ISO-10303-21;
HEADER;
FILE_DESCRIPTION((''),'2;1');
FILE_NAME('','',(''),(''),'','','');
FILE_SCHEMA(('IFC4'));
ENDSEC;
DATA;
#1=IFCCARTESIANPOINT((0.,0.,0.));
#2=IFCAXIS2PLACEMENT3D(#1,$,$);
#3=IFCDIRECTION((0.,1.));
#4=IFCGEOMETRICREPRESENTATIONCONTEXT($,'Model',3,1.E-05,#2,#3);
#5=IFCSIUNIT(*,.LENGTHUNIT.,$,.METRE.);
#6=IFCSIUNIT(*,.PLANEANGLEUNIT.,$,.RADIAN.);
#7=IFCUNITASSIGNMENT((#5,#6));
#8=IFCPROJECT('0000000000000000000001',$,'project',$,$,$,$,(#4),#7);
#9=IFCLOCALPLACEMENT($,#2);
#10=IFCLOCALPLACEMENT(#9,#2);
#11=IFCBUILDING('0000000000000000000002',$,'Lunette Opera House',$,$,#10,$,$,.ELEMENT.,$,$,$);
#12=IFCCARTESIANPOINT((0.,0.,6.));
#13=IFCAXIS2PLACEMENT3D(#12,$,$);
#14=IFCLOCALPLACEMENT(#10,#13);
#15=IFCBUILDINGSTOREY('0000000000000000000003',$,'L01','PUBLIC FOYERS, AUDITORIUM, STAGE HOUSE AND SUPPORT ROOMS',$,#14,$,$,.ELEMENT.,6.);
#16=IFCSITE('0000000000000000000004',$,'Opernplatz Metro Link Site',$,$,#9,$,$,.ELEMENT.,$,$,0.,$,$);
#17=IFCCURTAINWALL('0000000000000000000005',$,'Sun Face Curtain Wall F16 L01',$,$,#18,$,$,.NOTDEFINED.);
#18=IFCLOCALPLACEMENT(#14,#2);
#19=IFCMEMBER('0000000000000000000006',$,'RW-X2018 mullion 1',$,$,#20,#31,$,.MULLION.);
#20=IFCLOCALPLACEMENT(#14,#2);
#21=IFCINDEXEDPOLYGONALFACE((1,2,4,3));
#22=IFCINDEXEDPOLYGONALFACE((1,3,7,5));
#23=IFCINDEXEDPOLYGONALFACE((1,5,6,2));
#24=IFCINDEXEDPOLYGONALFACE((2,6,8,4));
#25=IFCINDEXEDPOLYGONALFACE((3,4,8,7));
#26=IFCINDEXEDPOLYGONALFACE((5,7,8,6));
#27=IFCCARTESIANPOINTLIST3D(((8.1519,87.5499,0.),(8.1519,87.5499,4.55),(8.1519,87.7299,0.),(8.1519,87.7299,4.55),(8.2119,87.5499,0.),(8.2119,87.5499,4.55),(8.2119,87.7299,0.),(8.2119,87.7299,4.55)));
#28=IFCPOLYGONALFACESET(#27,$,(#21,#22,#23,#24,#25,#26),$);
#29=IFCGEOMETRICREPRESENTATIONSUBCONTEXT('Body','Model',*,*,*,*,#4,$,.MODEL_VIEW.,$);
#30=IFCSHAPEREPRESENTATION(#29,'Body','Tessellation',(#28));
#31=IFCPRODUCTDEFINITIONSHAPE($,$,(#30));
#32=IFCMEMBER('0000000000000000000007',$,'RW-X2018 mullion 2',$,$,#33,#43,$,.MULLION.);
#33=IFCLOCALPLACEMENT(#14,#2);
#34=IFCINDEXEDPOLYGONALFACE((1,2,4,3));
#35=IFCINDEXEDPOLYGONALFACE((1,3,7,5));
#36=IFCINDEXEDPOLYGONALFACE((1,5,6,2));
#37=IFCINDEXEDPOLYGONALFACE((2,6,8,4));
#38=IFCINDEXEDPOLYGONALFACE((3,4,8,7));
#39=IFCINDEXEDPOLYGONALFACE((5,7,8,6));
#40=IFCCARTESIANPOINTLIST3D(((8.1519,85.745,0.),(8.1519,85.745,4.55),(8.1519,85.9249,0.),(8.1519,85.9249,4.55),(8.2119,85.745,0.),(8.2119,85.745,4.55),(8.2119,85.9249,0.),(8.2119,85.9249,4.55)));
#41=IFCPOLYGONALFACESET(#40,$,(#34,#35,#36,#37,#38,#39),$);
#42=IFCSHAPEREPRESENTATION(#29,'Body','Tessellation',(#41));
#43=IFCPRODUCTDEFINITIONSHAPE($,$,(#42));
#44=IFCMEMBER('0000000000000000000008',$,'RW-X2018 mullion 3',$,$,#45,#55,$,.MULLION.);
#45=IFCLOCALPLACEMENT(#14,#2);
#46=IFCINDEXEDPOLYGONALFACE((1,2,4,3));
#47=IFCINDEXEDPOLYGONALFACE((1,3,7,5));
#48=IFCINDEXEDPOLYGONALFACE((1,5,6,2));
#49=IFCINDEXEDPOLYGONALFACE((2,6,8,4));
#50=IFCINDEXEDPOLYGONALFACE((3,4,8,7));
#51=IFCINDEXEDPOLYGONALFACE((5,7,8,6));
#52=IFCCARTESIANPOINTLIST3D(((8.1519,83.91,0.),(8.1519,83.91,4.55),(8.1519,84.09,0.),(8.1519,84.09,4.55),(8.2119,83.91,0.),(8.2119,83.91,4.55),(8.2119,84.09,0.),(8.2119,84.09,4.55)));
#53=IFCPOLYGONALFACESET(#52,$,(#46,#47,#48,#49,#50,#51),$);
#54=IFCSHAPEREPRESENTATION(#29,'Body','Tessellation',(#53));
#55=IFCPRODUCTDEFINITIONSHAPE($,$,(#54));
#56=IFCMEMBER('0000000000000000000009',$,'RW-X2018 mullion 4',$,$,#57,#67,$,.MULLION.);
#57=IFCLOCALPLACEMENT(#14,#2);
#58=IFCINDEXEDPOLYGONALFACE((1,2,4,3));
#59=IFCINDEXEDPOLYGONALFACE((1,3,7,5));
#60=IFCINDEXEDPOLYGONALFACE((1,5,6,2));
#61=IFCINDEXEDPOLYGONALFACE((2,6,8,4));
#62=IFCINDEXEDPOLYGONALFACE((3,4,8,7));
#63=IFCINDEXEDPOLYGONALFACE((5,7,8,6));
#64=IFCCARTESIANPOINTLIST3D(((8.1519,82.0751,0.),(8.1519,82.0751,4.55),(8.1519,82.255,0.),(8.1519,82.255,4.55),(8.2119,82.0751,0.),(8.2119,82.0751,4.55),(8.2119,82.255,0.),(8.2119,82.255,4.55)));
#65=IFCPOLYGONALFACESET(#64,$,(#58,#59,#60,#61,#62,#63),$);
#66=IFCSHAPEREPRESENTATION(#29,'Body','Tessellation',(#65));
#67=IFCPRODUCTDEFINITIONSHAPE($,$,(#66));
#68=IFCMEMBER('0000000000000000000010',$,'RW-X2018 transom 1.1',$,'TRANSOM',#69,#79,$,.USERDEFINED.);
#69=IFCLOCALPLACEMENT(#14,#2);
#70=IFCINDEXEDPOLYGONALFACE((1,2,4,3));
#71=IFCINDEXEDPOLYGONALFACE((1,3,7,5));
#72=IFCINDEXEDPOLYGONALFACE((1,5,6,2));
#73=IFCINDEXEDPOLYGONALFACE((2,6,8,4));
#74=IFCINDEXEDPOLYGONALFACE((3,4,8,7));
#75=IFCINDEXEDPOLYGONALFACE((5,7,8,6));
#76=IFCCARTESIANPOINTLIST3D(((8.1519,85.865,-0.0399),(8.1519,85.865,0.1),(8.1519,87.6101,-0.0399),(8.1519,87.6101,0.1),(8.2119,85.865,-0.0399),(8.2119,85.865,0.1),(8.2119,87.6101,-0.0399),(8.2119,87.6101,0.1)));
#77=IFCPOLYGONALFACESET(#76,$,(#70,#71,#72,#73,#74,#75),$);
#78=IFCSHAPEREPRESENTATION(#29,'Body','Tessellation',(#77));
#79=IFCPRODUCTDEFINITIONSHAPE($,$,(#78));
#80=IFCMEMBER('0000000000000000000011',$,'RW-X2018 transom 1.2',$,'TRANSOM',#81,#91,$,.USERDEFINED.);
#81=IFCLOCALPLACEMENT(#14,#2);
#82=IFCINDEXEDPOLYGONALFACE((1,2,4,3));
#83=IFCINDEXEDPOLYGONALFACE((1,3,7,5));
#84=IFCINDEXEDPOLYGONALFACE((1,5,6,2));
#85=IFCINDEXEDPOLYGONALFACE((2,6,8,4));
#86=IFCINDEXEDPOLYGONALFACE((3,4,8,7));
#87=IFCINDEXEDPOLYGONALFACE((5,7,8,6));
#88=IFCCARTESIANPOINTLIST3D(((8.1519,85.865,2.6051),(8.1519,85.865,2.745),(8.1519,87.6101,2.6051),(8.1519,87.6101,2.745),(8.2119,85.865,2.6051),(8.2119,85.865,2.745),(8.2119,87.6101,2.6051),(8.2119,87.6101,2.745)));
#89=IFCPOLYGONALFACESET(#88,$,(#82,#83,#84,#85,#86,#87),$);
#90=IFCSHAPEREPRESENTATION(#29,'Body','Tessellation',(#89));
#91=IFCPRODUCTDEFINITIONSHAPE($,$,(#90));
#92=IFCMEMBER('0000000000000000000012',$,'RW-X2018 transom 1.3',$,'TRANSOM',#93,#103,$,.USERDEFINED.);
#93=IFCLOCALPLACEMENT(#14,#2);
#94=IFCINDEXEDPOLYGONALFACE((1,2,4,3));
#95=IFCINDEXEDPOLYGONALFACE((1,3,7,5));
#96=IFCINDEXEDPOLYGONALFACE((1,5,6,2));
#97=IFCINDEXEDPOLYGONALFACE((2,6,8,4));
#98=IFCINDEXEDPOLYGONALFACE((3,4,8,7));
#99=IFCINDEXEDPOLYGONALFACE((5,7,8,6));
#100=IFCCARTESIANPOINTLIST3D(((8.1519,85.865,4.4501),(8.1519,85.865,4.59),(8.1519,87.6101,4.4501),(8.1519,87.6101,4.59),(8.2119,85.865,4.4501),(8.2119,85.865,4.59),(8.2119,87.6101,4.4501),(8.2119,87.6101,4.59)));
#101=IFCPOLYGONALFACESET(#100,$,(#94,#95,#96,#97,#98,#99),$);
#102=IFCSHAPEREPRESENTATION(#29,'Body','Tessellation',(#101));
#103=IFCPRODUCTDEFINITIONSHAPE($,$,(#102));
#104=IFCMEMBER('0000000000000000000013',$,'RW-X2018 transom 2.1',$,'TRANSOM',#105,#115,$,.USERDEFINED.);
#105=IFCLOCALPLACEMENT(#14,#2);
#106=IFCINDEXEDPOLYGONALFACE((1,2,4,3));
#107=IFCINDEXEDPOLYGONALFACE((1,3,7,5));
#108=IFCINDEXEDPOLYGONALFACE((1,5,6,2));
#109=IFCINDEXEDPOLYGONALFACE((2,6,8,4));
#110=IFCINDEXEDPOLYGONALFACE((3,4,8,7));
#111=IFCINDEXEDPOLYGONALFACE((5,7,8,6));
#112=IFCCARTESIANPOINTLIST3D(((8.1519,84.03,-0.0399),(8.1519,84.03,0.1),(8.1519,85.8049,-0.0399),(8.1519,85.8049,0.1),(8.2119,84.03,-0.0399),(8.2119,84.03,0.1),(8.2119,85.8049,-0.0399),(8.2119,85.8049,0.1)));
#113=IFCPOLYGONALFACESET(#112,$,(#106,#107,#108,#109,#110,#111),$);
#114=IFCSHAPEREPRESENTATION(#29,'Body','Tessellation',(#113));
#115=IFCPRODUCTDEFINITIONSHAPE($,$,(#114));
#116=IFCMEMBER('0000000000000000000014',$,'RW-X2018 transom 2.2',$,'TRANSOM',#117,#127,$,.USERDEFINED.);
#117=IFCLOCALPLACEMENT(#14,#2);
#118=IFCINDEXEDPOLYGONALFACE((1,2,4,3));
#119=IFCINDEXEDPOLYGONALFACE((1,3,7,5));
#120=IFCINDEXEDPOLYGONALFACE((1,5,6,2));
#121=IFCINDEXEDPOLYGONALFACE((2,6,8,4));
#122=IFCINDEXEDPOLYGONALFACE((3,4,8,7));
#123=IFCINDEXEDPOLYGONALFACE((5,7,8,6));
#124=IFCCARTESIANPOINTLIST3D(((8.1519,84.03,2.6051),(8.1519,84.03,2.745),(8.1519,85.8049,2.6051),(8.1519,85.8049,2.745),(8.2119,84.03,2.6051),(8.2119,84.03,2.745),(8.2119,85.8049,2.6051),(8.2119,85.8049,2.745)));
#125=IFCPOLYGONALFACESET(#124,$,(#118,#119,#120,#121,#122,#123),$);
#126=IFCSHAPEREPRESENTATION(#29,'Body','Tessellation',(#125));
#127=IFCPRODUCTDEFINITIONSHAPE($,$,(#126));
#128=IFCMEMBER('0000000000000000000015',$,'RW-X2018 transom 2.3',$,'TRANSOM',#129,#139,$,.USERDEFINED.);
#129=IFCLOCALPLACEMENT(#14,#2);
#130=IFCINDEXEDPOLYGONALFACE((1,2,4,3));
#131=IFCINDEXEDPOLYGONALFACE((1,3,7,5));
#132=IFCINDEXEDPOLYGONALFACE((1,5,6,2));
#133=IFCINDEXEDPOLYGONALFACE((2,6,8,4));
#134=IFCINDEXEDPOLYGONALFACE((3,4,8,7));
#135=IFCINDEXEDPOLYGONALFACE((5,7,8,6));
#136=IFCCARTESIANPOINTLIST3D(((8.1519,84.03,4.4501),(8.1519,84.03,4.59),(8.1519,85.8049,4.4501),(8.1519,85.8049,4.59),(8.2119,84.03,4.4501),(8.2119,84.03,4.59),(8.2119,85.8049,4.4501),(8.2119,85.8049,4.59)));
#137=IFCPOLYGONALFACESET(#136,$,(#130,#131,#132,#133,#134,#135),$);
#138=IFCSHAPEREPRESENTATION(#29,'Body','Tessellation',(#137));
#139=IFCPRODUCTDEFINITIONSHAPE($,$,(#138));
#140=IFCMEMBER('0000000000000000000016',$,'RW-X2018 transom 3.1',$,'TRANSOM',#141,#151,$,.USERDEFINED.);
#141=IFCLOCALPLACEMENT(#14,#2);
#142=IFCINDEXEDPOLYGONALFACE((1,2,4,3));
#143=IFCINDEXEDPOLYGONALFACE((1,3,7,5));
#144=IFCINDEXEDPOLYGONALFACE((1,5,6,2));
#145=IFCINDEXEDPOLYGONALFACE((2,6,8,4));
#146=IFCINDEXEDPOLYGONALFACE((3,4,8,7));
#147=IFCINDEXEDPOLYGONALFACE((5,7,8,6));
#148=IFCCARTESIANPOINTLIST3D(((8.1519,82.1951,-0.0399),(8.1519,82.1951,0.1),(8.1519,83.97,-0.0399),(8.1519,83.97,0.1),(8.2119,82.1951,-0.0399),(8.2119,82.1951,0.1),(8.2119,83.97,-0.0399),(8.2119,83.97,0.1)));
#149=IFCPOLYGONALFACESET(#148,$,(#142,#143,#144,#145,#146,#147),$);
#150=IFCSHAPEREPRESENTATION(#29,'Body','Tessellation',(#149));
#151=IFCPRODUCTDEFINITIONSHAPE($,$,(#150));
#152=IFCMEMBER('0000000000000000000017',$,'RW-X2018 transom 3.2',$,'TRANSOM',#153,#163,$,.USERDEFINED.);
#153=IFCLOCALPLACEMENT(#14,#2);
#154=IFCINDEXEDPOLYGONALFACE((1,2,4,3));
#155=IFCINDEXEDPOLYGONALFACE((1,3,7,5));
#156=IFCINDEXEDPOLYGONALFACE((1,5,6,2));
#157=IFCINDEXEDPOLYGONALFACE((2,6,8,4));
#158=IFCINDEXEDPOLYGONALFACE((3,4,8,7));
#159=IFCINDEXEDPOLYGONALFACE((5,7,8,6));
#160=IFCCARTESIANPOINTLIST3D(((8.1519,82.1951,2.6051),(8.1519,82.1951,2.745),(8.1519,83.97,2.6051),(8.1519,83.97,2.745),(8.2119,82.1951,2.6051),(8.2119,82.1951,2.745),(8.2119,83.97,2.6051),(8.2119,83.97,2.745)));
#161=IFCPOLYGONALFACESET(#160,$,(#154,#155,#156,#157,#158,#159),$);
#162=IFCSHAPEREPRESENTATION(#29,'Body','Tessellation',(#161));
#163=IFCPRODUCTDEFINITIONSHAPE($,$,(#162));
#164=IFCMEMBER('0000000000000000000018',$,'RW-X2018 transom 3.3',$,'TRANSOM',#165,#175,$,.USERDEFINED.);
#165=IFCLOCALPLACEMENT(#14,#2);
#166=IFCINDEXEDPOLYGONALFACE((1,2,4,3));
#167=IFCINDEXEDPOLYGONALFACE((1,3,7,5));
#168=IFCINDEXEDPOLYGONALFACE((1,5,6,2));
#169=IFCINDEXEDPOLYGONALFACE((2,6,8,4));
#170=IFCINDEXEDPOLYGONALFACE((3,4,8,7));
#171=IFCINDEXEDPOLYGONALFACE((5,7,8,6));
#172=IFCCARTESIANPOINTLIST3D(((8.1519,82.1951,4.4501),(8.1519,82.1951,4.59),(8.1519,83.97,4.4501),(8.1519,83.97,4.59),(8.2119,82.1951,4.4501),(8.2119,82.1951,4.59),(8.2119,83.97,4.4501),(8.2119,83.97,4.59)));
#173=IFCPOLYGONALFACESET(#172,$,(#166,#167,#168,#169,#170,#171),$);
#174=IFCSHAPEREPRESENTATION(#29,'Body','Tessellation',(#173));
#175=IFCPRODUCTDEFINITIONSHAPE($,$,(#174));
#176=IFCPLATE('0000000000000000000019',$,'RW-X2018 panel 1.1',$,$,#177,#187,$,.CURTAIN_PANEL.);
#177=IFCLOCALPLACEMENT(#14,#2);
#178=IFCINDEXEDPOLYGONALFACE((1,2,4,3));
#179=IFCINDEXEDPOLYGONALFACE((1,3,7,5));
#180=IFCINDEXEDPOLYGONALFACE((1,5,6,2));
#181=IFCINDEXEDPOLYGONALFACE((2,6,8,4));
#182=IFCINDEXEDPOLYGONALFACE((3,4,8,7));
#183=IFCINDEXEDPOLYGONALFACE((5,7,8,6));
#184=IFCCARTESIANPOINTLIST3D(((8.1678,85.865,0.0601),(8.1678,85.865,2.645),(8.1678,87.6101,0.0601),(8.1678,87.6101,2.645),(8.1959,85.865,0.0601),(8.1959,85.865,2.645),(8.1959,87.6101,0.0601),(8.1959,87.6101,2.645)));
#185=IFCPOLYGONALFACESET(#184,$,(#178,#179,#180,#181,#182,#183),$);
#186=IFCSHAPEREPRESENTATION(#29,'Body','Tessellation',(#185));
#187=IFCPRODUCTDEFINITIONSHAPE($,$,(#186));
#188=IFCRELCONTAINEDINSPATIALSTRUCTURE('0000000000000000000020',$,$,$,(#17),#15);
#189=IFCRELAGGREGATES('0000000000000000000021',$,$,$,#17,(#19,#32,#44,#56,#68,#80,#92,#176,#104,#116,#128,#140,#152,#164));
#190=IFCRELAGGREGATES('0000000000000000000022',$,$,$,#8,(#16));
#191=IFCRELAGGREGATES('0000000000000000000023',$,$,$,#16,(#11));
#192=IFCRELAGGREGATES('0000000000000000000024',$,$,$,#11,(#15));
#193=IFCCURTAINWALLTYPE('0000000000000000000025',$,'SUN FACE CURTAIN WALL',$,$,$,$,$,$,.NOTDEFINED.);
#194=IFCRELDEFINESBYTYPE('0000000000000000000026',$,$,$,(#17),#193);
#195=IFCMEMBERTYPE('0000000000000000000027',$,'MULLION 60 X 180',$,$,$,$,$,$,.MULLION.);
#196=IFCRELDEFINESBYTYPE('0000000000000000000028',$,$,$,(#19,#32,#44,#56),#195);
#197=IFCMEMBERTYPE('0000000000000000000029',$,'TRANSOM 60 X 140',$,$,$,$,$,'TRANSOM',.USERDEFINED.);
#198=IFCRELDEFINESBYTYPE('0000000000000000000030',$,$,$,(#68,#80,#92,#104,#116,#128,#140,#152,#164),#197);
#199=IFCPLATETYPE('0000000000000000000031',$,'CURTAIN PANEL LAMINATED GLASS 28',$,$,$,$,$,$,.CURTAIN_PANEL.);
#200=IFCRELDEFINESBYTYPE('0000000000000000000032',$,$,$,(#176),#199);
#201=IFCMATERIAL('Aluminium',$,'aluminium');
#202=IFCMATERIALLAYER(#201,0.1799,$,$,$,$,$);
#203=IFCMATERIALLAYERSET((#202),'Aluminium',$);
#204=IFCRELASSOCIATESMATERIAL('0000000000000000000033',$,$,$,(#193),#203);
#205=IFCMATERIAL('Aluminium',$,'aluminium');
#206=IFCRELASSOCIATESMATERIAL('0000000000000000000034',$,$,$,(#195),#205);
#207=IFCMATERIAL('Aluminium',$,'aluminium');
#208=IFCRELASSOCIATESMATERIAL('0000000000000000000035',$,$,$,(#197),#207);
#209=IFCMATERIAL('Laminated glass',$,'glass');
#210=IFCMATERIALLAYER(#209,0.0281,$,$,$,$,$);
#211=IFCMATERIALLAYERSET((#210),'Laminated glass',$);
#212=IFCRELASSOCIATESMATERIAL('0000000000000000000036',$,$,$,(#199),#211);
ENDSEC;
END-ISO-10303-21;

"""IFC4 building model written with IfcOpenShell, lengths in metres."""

from ifc_helpers import new_model, si_unit, direction, frame, origin, origin_2d, place, context, subcontext, project, spatial, rectangle, extrude, material, layer, layer_set, material_profile, profile_set, type_object, element, aggregate, save


model = new_model("IFC4")

# Units and contexts
model_context = context("Model", 3, precision=1e-05, world=origin(), true_north=direction((0.0, 1.0)))
body_context = subcontext(model_context, "Body", "Model", "MODEL_VIEW")
ifc_project = project(units=[si_unit("LENGTHUNIT", "METRE"), si_unit("PLANEANGLEUNIT", "RADIAN")], contexts=[model_context])

# Site, building, storey
site_placement = place(None, origin())
site = spatial("IfcSite", under=ifc_project, at=site_placement, Name="Opernplatz Metro Link Site", CompositionType="ELEMENT", RefElevation=0.0)
building_placement = place(site_placement, origin())
building = spatial("IfcBuilding", under=site, at=building_placement, Name="Lunette Opera House", CompositionType="ELEMENT")
storey_placement = place(building_placement, frame((0.0, 0.0, 6.0)))
storey = spatial("IfcBuildingStorey", under=building, at=storey_placement, Name="L01", Description="PUBLIC FOYERS, AUDITORIUM, STAGE HOUSE AND SUPPORT ROOMS", CompositionType="ELEMENT", Elevation=6.0)

# Curtain wall, members, plate
ifc_material_1 = material(Name="Aluminium", Category="aluminium")
ifc_layer_1 = layer(ifc_material_1, 0.1799)
ifc_layer_set_1 = layer_set([ifc_layer_1], Name="Aluminium")
curtain_wall_type = type_object("IfcCurtainWallType", Name="SUN FACE CURTAIN WALL", PredefinedType="NOTDEFINED", material=ifc_layer_set_1)
curtain_wall_placement = place(storey_placement, origin())
curtain_wall = element("IfcCurtainWall", 1, at=curtain_wall_placement, inside=storey, type_object=curtain_wall_type, Name="Sun Face Curtain Wall F16 L01", PredefinedType="NOTDEFINED")
ifc_material_2 = material(Name="Aluminium", Category="aluminium")
ifc_material_profile_1 = material_profile(ifc_material_2, rectangle(XDim=0.0601, YDim=0.1799, at=origin_2d()), Name="MULLION 60 X 180")
ifc_profile_set_1 = profile_set([ifc_material_profile_1], Name="Aluminium")
member_type_1 = type_object("IfcMemberType", Name="MULLION 60 X 180", PredefinedType="MULLION", material=ifc_profile_set_1)
member_1_placement = place(storey_placement, frame((8.1819, 87.6399, 0.0), z_axis=(0.0, 0.0, 1.0), x_axis=(1.0, 0.0, 0.0)))
member_1 = element("IfcMember", 2, at=member_1_placement, type_object=member_type_1, Name="RW-X2018 mullion 1", PredefinedType="MULLION", context=body_context, shape_type="SweptSolid", body=[
    extrude(rectangle(XDim=0.0601, YDim=0.1799, at=origin_2d()), origin(), (0.0, 0.0, 1.0), 4.55),
])
member_2_placement = place(storey_placement, frame((8.1819, 85.835, 0.0), z_axis=(0.0, 0.0, 1.0), x_axis=(1.0, 0.0, 0.0)))
member_2 = element("IfcMember", 3, at=member_2_placement, type_object=member_type_1, Name="RW-X2018 mullion 2", PredefinedType="MULLION", context=body_context, shape_type="SweptSolid", body=[
    extrude(rectangle(XDim=0.0601, YDim=0.1799, at=origin_2d()), origin(), (0.0, 0.0, 1.0), 4.55),
])
member_3_placement = place(storey_placement, frame((8.1819, 84.0, 0.0), z_axis=(0.0, 0.0, 1.0), x_axis=(1.0, 0.0, 0.0)))
member_3 = element("IfcMember", 4, at=member_3_placement, type_object=member_type_1, Name="RW-X2018 mullion 3", PredefinedType="MULLION", context=body_context, shape_type="SweptSolid", body=[
    extrude(rectangle(XDim=0.0601, YDim=0.1799, at=origin_2d()), origin(), (0.0, 0.0, 1.0), 4.55),
])
member_4_placement = place(storey_placement, frame((8.1819, 82.165, 0.0), z_axis=(0.0, 0.0, 1.0), x_axis=(1.0, 0.0, 0.0)))
member_4 = element("IfcMember", 5, at=member_4_placement, type_object=member_type_1, Name="RW-X2018 mullion 4", PredefinedType="MULLION", context=body_context, shape_type="SweptSolid", body=[
    extrude(rectangle(XDim=0.0601, YDim=0.1799, at=origin_2d()), origin(), (0.0, 0.0, 1.0), 4.55),
])
ifc_material_3 = material(Name="Aluminium", Category="aluminium")
ifc_material_profile_2 = material_profile(ifc_material_3, rectangle(XDim=0.0601, YDim=0.1399, at=origin_2d()), Name="TRANSOM 60 X 140")
ifc_profile_set_2 = profile_set([ifc_material_profile_2], Name="Aluminium")
member_type_2 = type_object("IfcMemberType", Name="TRANSOM 60 X 140", ElementType="TRANSOM", PredefinedType="USERDEFINED", material=ifc_profile_set_2)
member_5_placement = place(storey_placement, frame((8.1819, 87.6101, 0.03), z_axis=(0.0, -1.0, 0.0), x_axis=(1.0, 0.0, 0.0)))
member_5 = element("IfcMember", 6, at=member_5_placement, type_object=member_type_2, Name="RW-X2018 transom 1.1", ObjectType="TRANSOM", PredefinedType="USERDEFINED", context=body_context, shape_type="SweptSolid", body=[
    extrude(rectangle(XDim=0.0601, YDim=0.1399, at=origin_2d()), origin(), (0.0, 0.0, 1.0), 1.7451),
])
member_6_placement = place(storey_placement, frame((8.1819, 87.6101, 2.675), z_axis=(0.0, -1.0, 0.0), x_axis=(1.0, 0.0, 0.0)))
member_6 = element("IfcMember", 7, at=member_6_placement, type_object=member_type_2, Name="RW-X2018 transom 1.2", ObjectType="TRANSOM", PredefinedType="USERDEFINED", context=body_context, shape_type="SweptSolid", body=[
    extrude(rectangle(XDim=0.0601, YDim=0.1399, at=origin_2d()), origin(), (0.0, 0.0, 1.0), 1.7451),
])
member_7_placement = place(storey_placement, frame((8.1819, 87.6101, 4.52), z_axis=(0.0, -1.0, 0.0), x_axis=(1.0, 0.0, 0.0)))
member_7 = element("IfcMember", 8, at=member_7_placement, type_object=member_type_2, Name="RW-X2018 transom 1.3", ObjectType="TRANSOM", PredefinedType="USERDEFINED", context=body_context, shape_type="SweptSolid", body=[
    extrude(rectangle(XDim=0.0601, YDim=0.1399, at=origin_2d()), origin(), (0.0, 0.0, 1.0), 1.7451),
])
member_8_placement = place(storey_placement, frame((8.1819, 85.8049, 0.03), z_axis=(0.0, -1.0, 0.0), x_axis=(1.0, 0.0, 0.0)))
member_8 = element("IfcMember", 9, at=member_8_placement, type_object=member_type_2, Name="RW-X2018 transom 2.1", ObjectType="TRANSOM", PredefinedType="USERDEFINED", context=body_context, shape_type="SweptSolid", body=[
    extrude(rectangle(XDim=0.0601, YDim=0.1399, at=origin_2d()), origin(), (0.0, 0.0, 1.0), 1.7749),
])
member_9_placement = place(storey_placement, frame((8.1819, 85.8049, 2.675), z_axis=(0.0, -1.0, 0.0), x_axis=(1.0, 0.0, 0.0)))
member_9 = element("IfcMember", 10, at=member_9_placement, type_object=member_type_2, Name="RW-X2018 transom 2.2", ObjectType="TRANSOM", PredefinedType="USERDEFINED", context=body_context, shape_type="SweptSolid", body=[
    extrude(rectangle(XDim=0.0601, YDim=0.1399, at=origin_2d()), origin(), (0.0, 0.0, 1.0), 1.7749),
])
member_10_placement = place(storey_placement, frame((8.1819, 85.8049, 4.52), z_axis=(0.0, -1.0, 0.0), x_axis=(1.0, 0.0, 0.0)))
member_10 = element("IfcMember", 11, at=member_10_placement, type_object=member_type_2, Name="RW-X2018 transom 2.3", ObjectType="TRANSOM", PredefinedType="USERDEFINED", context=body_context, shape_type="SweptSolid", body=[
    extrude(rectangle(XDim=0.0601, YDim=0.1399, at=origin_2d()), origin(), (0.0, 0.0, 1.0), 1.7749),
])
member_11_placement = place(storey_placement, frame((8.1819, 83.97, 0.03), z_axis=(0.0, -1.0, 0.0), x_axis=(1.0, 0.0, 0.0)))
member_11 = element("IfcMember", 12, at=member_11_placement, type_object=member_type_2, Name="RW-X2018 transom 3.1", ObjectType="TRANSOM", PredefinedType="USERDEFINED", context=body_context, shape_type="SweptSolid", body=[
    extrude(rectangle(XDim=0.0601, YDim=0.1399, at=origin_2d()), origin(), (0.0, 0.0, 1.0), 1.7749),
])
member_12_placement = place(storey_placement, frame((8.1819, 83.97, 2.675), z_axis=(0.0, -1.0, 0.0), x_axis=(1.0, 0.0, 0.0)))
member_12 = element("IfcMember", 13, at=member_12_placement, type_object=member_type_2, Name="RW-X2018 transom 3.2", ObjectType="TRANSOM", PredefinedType="USERDEFINED", context=body_context, shape_type="SweptSolid", body=[
    extrude(rectangle(XDim=0.0601, YDim=0.1399, at=origin_2d()), origin(), (0.0, 0.0, 1.0), 1.7749),
])
member_13_placement = place(storey_placement, frame((8.1819, 83.97, 4.52), z_axis=(0.0, -1.0, 0.0), x_axis=(1.0, 0.0, 0.0)))
member_13 = element("IfcMember", 14, at=member_13_placement, type_object=member_type_2, Name="RW-X2018 transom 3.3", ObjectType="TRANSOM", PredefinedType="USERDEFINED", context=body_context, shape_type="SweptSolid", body=[
    extrude(rectangle(XDim=0.0601, YDim=0.1399, at=origin_2d()), origin(), (0.0, 0.0, 1.0), 1.7749),
])
ifc_material_4 = material(Name="Laminated glass", Category="glass")
ifc_layer_2 = layer(ifc_material_4, 0.0281)
ifc_layer_set_2 = layer_set([ifc_layer_2], Name="Laminated glass")
plate_type = type_object("IfcPlateType", Name="CURTAIN PANEL LAMINATED GLASS 28", PredefinedType="CURTAIN_PANEL", material=ifc_layer_set_2)
plate_1_placement = place(storey_placement, frame((8.1819, 86.7375, 0.0601), z_axis=(0.0, 0.0, 1.0), x_axis=(0.0, -1.0, 0.0)))
plate_1 = element("IfcPlate", 15, at=plate_1_placement, type_object=plate_type, Name="RW-X2018 panel 1.1", PredefinedType="CURTAIN_PANEL", context=body_context, shape_type="SweptSolid", body=[
    extrude(rectangle(XDim=1.7451, YDim=0.0281, at=origin_2d()), origin(), (0.0, 0.0, 1.0), 2.585),
])
aggregate(curtain_wall, [member_1, member_2, member_3, member_4, member_5, member_6, member_7, plate_1, member_8, member_9, member_10, member_11, member_12, member_13])

save(model, "model.ifc")
